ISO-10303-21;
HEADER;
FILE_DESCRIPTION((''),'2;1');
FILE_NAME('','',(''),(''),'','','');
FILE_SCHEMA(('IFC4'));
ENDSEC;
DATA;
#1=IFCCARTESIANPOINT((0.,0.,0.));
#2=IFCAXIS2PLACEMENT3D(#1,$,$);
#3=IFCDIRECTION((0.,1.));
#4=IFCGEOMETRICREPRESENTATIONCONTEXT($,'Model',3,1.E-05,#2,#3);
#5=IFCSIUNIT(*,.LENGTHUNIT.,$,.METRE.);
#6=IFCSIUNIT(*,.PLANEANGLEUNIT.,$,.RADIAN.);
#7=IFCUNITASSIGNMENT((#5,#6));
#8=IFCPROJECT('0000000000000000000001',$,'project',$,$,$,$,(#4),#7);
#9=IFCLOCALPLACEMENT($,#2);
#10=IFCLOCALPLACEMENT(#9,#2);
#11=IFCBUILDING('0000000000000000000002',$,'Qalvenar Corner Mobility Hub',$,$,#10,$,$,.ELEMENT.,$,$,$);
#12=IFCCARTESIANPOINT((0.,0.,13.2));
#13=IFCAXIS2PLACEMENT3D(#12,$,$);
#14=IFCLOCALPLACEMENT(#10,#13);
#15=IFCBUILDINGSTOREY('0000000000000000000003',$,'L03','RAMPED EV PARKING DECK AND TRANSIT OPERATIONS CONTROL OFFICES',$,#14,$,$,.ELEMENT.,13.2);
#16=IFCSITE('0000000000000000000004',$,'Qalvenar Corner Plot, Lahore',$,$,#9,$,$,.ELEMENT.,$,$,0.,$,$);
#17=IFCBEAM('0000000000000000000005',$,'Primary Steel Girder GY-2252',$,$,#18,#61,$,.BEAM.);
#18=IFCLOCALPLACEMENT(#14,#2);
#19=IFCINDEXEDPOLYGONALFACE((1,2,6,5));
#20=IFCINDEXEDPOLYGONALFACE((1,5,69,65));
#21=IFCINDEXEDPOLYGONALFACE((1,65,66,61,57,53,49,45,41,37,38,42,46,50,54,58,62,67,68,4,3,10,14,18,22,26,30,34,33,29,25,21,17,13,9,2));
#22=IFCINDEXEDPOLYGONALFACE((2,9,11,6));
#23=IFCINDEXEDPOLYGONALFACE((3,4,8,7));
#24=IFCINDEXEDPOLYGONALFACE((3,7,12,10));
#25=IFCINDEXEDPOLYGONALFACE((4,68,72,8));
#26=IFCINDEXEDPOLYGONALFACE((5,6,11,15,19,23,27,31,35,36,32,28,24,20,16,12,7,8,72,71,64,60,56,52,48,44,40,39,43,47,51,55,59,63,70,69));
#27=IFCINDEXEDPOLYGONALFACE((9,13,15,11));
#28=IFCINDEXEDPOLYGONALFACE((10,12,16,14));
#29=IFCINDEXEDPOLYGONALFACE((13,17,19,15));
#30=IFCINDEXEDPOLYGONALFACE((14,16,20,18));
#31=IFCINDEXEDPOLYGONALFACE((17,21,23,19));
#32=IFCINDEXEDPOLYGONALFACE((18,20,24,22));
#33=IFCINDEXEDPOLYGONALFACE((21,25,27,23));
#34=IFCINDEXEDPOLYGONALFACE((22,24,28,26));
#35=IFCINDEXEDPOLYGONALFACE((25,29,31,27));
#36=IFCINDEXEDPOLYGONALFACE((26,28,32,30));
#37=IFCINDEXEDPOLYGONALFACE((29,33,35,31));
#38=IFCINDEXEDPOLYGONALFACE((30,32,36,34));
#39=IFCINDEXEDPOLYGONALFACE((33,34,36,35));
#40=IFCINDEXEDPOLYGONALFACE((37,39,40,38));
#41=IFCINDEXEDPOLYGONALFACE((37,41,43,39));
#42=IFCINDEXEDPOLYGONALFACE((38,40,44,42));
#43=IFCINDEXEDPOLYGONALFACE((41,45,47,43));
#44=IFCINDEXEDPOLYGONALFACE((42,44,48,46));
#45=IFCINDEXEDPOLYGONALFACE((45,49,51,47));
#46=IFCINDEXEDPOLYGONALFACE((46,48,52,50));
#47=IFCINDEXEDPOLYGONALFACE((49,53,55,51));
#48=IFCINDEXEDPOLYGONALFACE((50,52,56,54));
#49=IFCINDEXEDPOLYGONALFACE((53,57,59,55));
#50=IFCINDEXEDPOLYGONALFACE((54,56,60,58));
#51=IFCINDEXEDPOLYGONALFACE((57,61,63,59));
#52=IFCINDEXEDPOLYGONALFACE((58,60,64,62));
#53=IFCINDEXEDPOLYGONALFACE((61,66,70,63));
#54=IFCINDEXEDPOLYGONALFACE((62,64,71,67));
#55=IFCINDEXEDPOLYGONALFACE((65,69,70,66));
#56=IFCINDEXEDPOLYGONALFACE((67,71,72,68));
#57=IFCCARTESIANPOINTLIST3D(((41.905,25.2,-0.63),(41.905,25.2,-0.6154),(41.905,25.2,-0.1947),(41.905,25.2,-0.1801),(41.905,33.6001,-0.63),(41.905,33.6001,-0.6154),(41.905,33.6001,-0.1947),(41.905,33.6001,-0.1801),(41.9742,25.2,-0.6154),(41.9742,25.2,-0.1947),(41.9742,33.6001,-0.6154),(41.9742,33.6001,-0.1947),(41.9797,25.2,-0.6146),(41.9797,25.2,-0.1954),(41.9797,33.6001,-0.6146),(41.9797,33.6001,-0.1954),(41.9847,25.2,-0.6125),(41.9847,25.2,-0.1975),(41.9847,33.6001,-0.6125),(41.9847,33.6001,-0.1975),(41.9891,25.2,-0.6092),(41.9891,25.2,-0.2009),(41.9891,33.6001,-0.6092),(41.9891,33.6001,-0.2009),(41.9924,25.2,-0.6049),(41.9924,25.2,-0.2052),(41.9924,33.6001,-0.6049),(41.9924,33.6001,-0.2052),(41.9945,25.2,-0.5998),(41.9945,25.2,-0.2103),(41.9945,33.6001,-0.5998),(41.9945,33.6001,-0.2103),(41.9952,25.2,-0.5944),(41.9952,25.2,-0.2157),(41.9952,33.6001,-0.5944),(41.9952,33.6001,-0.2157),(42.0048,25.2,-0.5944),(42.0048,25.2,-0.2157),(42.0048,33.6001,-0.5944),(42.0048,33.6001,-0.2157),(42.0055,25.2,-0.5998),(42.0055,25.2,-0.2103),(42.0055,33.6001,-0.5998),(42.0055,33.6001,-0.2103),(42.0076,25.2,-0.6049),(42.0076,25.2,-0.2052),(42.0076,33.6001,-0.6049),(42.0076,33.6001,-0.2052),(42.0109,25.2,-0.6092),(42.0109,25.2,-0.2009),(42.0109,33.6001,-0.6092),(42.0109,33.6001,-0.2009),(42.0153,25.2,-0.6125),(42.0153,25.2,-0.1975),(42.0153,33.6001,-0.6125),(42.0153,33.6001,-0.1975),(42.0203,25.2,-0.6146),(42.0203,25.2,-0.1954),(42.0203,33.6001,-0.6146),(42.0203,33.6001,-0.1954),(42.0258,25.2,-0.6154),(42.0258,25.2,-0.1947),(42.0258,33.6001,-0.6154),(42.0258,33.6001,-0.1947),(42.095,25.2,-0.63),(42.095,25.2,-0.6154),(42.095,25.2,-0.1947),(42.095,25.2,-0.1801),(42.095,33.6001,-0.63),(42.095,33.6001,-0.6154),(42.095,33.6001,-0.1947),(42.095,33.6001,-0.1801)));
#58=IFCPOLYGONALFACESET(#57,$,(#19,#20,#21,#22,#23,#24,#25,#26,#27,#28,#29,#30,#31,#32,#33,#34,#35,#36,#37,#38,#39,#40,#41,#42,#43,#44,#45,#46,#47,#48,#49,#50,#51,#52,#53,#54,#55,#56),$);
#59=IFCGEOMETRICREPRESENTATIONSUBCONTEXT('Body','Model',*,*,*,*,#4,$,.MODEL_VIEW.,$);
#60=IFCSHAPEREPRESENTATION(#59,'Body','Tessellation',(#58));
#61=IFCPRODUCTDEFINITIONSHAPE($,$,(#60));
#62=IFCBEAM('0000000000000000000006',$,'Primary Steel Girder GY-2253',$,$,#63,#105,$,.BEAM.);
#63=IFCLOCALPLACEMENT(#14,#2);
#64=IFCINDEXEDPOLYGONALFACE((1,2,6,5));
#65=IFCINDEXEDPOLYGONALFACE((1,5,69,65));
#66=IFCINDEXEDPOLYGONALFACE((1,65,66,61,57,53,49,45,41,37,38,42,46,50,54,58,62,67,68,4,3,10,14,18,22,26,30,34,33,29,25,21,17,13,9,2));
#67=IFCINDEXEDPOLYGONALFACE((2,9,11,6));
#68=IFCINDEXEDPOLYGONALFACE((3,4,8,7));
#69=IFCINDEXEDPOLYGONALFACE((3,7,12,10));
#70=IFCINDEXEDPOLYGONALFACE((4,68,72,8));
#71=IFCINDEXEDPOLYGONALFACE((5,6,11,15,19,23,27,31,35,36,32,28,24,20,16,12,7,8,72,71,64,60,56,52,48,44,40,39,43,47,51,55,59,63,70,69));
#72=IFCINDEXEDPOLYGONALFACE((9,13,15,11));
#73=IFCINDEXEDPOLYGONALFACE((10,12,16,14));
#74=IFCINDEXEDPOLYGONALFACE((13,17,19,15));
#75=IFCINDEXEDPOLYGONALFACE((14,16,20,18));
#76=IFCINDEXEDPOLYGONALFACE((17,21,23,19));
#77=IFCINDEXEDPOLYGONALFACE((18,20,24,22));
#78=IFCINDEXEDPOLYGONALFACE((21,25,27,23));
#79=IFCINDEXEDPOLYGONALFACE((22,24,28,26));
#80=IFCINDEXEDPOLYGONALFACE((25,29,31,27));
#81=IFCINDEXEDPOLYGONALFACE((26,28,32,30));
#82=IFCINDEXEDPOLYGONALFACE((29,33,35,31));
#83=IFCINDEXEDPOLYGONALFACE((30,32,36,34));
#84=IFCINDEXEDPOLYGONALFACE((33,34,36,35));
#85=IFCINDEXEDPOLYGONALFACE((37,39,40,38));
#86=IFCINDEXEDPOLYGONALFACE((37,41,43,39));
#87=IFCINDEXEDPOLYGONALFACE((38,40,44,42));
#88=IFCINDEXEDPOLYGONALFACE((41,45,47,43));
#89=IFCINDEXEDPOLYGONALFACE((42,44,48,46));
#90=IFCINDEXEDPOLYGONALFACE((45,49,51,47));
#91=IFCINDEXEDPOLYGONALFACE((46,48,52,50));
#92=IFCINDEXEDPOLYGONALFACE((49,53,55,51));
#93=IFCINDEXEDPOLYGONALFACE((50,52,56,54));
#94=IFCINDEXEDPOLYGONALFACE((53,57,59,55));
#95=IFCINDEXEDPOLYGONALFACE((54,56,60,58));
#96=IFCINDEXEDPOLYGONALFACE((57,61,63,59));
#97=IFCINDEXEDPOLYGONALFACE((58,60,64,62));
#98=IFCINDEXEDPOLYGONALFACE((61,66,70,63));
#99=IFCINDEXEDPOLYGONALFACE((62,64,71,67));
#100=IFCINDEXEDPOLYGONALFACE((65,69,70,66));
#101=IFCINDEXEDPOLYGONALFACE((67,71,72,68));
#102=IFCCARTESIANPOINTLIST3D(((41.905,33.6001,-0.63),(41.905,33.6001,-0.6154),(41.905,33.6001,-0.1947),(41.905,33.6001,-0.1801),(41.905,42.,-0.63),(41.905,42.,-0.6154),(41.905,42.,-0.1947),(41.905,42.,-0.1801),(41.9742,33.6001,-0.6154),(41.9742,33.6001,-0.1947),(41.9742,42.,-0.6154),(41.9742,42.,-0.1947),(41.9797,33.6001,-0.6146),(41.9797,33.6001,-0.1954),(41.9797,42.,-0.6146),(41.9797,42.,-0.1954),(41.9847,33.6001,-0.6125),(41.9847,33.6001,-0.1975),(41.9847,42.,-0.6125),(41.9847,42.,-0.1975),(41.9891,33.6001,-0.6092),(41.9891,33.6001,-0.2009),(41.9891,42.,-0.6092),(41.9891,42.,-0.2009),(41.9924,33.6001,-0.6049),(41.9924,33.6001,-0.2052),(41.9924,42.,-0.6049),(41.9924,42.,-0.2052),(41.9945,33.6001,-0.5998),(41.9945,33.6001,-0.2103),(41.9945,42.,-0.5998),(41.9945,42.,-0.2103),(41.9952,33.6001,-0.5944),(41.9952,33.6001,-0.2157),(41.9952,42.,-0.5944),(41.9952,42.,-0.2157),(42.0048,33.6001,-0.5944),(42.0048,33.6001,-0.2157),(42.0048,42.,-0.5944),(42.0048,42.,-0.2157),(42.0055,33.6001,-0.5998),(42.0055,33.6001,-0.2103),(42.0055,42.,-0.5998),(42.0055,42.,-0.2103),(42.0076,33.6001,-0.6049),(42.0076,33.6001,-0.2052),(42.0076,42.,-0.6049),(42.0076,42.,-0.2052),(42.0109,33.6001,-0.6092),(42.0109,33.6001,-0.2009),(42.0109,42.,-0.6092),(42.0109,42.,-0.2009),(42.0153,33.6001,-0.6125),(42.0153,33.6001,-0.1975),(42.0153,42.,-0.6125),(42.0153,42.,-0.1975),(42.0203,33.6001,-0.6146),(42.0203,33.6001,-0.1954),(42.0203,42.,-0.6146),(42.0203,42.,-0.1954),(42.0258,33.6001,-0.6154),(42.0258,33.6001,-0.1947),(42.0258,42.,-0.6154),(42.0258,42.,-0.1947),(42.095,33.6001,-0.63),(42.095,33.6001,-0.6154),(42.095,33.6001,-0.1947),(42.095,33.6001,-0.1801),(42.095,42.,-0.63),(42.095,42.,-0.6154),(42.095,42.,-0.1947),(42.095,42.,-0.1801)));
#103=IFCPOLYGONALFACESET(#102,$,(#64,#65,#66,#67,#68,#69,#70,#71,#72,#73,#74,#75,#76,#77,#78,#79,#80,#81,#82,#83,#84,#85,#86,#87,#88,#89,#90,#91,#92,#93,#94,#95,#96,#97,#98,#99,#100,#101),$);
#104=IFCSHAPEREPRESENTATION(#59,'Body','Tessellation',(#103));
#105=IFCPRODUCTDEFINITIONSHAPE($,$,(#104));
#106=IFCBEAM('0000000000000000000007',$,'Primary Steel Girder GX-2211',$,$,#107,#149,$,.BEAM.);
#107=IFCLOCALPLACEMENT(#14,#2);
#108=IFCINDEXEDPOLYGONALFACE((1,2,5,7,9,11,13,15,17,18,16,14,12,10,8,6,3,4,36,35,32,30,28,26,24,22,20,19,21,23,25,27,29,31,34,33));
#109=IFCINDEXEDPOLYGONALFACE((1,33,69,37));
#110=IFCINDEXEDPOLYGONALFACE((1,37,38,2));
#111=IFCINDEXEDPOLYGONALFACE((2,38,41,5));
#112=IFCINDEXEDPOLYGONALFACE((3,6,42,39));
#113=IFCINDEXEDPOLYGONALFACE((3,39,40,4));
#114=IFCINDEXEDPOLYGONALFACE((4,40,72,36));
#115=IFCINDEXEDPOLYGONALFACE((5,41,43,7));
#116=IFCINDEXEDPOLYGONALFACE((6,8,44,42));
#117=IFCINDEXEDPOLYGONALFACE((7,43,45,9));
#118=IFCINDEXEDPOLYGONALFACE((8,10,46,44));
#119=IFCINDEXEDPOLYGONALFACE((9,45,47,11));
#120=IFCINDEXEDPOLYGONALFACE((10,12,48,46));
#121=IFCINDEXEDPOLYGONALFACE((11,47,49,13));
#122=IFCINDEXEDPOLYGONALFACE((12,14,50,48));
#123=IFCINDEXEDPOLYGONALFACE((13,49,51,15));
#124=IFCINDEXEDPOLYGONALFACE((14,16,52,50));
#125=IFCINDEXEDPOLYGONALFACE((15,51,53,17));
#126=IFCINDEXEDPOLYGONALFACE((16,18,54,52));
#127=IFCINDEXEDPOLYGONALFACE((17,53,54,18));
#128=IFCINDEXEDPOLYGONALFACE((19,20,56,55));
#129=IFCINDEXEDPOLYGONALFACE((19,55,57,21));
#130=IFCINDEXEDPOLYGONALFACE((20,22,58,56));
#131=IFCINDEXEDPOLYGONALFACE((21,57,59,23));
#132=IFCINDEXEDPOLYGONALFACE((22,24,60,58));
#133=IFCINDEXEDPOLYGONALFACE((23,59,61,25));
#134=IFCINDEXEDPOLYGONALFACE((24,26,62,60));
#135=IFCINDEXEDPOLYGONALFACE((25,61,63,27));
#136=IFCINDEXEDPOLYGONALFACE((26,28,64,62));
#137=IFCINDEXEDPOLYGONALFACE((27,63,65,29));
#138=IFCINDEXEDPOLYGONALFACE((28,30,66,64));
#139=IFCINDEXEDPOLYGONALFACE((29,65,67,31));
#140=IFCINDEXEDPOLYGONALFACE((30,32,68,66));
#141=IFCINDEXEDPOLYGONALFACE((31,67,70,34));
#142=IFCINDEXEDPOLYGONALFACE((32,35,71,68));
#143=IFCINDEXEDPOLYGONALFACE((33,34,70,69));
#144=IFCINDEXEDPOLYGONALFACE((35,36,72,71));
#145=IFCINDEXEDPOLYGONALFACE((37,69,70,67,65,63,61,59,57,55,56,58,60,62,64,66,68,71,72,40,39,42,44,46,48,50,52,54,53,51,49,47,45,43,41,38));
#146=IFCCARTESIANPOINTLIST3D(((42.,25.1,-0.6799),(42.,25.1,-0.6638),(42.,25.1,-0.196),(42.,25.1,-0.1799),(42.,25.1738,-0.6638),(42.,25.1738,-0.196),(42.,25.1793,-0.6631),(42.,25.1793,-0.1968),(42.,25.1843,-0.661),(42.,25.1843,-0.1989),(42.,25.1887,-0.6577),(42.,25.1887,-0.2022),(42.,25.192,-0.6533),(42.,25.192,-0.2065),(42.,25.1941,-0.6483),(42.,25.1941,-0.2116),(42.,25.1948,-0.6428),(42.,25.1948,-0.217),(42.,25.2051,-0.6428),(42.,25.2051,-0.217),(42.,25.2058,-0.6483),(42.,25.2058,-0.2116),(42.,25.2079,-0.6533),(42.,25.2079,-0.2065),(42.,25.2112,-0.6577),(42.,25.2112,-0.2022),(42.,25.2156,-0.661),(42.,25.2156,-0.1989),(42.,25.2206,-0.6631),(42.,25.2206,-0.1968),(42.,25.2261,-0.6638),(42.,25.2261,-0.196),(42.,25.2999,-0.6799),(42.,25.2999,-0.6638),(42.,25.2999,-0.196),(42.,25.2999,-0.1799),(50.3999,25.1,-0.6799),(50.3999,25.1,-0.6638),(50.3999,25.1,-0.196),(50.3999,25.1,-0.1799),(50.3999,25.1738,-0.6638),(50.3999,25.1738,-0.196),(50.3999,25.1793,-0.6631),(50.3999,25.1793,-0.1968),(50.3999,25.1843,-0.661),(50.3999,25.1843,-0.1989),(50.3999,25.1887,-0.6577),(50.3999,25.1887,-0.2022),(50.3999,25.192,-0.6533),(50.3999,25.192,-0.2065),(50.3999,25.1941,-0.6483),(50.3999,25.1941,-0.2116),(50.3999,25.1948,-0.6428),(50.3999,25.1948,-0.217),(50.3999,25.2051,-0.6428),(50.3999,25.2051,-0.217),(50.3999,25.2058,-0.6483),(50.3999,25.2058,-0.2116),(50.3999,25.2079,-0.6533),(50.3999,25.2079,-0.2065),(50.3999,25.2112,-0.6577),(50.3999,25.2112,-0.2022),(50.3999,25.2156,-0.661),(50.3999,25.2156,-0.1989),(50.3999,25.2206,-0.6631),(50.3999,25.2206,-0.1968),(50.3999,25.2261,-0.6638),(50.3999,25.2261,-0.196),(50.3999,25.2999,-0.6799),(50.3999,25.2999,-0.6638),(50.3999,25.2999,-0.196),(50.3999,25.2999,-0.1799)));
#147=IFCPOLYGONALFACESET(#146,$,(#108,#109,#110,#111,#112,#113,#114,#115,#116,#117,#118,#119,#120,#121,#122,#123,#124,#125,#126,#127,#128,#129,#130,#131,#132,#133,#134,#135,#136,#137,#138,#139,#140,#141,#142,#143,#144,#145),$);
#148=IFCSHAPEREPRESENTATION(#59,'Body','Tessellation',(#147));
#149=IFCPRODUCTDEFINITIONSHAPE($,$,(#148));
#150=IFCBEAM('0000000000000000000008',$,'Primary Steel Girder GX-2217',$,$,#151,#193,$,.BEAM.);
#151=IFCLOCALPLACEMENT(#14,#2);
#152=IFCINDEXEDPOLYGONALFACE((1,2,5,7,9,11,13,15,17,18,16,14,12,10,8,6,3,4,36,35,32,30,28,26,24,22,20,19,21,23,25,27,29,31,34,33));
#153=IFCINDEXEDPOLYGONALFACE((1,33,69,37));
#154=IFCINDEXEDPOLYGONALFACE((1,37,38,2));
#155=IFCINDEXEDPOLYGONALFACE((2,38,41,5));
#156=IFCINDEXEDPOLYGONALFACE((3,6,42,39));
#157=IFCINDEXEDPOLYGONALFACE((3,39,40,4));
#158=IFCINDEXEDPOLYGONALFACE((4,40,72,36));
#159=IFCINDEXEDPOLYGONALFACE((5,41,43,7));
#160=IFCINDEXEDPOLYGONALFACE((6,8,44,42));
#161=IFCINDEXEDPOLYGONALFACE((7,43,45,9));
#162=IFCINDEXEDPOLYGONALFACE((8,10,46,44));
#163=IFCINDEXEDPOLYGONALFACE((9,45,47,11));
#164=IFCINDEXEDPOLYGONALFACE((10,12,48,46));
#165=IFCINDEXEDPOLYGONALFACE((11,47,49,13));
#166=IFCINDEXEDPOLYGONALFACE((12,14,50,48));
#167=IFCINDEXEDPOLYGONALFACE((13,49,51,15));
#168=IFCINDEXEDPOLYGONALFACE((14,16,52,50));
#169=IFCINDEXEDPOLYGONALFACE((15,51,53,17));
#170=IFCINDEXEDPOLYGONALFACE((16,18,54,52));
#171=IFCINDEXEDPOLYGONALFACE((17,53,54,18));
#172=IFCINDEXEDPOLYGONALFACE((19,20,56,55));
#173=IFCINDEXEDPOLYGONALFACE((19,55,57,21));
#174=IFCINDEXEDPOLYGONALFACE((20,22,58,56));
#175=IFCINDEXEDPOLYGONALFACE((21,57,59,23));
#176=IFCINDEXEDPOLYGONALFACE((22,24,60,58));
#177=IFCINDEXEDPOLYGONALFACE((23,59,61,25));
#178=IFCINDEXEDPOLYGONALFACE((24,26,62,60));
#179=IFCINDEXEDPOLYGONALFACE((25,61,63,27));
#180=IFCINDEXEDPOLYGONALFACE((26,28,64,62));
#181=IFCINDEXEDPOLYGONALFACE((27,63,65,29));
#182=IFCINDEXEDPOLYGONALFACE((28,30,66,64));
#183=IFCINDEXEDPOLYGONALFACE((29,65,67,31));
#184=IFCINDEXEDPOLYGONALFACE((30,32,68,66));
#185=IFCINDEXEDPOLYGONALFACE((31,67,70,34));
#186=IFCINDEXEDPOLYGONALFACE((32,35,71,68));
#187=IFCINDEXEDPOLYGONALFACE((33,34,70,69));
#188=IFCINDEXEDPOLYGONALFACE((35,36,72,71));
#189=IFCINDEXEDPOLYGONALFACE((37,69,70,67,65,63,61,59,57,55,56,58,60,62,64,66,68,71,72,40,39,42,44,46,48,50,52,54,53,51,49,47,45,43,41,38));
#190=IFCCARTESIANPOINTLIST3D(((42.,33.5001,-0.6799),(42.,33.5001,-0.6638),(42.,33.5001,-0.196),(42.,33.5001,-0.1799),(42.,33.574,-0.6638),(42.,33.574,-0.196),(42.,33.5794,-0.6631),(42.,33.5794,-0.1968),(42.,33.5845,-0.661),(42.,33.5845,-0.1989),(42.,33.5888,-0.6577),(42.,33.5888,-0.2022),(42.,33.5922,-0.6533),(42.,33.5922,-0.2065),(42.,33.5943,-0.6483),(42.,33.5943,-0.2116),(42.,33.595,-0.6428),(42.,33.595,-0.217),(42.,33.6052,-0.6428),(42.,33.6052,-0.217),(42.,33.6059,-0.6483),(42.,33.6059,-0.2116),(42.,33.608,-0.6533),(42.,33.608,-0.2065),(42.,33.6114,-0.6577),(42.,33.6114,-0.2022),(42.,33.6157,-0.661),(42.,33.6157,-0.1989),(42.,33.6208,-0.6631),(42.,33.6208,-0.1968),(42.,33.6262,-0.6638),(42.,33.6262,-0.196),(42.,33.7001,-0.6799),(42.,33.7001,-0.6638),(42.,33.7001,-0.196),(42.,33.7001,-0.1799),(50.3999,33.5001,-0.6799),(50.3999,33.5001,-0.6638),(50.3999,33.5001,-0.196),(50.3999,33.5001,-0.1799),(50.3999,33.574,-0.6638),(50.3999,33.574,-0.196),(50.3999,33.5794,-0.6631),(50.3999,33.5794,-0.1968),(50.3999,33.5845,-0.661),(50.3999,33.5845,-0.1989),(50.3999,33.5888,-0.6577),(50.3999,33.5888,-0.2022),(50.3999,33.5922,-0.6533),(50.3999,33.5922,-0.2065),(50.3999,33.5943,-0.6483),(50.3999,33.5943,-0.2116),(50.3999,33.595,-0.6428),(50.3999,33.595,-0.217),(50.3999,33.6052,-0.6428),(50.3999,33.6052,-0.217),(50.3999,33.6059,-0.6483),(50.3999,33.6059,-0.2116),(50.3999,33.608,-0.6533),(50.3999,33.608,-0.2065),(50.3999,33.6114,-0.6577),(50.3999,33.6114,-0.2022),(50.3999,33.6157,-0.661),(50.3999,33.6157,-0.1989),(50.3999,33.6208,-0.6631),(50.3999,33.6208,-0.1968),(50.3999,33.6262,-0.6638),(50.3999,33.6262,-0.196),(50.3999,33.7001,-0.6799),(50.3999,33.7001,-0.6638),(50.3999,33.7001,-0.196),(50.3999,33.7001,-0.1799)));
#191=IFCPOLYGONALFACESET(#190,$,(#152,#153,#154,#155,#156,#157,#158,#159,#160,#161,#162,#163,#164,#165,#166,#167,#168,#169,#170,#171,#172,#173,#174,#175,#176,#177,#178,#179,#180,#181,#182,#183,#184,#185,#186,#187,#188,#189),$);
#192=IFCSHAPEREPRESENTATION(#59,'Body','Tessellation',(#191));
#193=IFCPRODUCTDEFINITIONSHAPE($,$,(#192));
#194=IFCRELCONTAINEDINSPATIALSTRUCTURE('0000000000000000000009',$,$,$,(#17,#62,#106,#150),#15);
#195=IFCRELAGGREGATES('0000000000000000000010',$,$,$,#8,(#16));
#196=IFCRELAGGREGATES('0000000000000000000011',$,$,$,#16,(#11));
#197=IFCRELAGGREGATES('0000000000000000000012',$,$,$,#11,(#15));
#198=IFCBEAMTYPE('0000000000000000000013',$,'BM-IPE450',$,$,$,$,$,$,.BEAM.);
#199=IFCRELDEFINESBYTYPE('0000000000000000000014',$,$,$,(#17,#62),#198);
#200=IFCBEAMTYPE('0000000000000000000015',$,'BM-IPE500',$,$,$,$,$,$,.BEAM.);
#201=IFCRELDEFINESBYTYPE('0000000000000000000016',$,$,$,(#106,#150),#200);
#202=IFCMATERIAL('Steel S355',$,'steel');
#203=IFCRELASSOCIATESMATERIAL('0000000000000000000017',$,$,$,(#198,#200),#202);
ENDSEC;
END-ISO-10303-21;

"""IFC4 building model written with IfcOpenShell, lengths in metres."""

from ifc_helpers import new_model, si_unit, direction, frame, origin, origin_2d, place, context, subcontext, project, spatial, i_section, extrude, material, material_profile, profile_set, type_object, element, save


model = new_model("IFC4")

# Units and contexts
model_context = context("Model", 3, precision=1e-05, world=origin(), true_north=direction((0.0, 1.0)))
body_context = subcontext(model_context, "Body", "Model", "MODEL_VIEW")
ifc_project = project(units=[si_unit("LENGTHUNIT", "METRE"), si_unit("PLANEANGLEUNIT", "RADIAN")], contexts=[model_context])

# Site, building, storey
site_placement = place(None, origin())
site = spatial("IfcSite", under=ifc_project, at=site_placement, Name="Qalvenar Corner Plot, Lahore", CompositionType="ELEMENT", RefElevation=0.0)
building_placement = place(site_placement, origin())
building = spatial("IfcBuilding", under=site, at=building_placement, Name="Qalvenar Corner Mobility Hub", CompositionType="ELEMENT")
storey_placement = place(building_placement, frame((0.0, 0.0, 13.2)))
storey = spatial("IfcBuildingStorey", under=building, at=storey_placement, Name="L03", Description="RAMPED EV PARKING DECK AND TRANSIT OPERATIONS CONTROL OFFICES", CompositionType="ELEMENT", Elevation=13.2)

# Shared definitions
ifc_material_1 = material(Name="Steel S355", Category="steel")

# Beams
ifc_material_profile_1 = material_profile(ifc_material_1, i_section(OverallWidth=0.1899, OverallDepth=0.45, WebThickness=0.0095, FlangeThickness=0.0146, FilletRadius=0.021, at=origin_2d()), Name="IPE450")
ifc_profile_set_1 = profile_set([ifc_material_profile_1], Name="Steel S355")
beam_type_1 = type_object("IfcBeamType", Name="BM-IPE450", PredefinedType="BEAM", material=ifc_profile_set_1)
beam_1_placement = place(storey_placement, frame((42.0, 25.2, -0.405), z_axis=(0.0, 1.0, 0.0), x_axis=(-1.0, 0.0, 0.0)))
element("IfcBeam", 1, at=beam_1_placement, inside=storey, type_object=beam_type_1, Name="Primary Steel Girder GY-2252", PredefinedType="BEAM", context=body_context, shape_type="SweptSolid", body=[
    extrude(i_section(OverallWidth=0.1899, OverallDepth=0.45, WebThickness=0.0095, FlangeThickness=0.0146, FilletRadius=0.021, at=origin_2d()), origin(), (0.0, 0.0, 1.0), 8.4001),
])
beam_2_placement = place(storey_placement, frame((42.0, 33.6001, -0.405), z_axis=(0.0, 1.0, 0.0), x_axis=(-1.0, 0.0, 0.0)))
element("IfcBeam", 2, at=beam_2_placement, inside=storey, type_object=beam_type_1, Name="Primary Steel Girder GY-2253", PredefinedType="BEAM", context=body_context, shape_type="SweptSolid", body=[
    extrude(i_section(OverallWidth=0.1899, OverallDepth=0.45, WebThickness=0.0095, FlangeThickness=0.0146, FilletRadius=0.021, at=origin_2d()), origin(), (0.0, 0.0, 1.0), 8.3999),
])
ifc_material_profile_2 = material_profile(ifc_material_1, i_section(OverallWidth=0.2, OverallDepth=0.5, WebThickness=0.0103, FlangeThickness=0.0161, FilletRadius=0.021, at=origin_2d()), Name="IPE500")
ifc_profile_set_2 = profile_set([ifc_material_profile_2], Name="Steel S355")
beam_type_2 = type_object("IfcBeamType", Name="BM-IPE500", PredefinedType="BEAM", material=ifc_profile_set_2)
for number, where, z_axis, x_axis, name in (
    (3, (42.0, 25.2, -0.4299), (1.0, 0.0, 0.0), (0.0, 1.0, 0.0), "Primary Steel Girder GX-2211"),
    (4, (42.0, 33.6001, -0.4299), (1.0, 0.0, 0.0), (0.0, 1.0, 0.0), "Primary Steel Girder GX-2217"),
):
    element("IfcBeam", number, at=place(storey_placement, frame(where, z_axis=z_axis, x_axis=x_axis)), inside=storey, type_object=beam_type_2, Name=name, PredefinedType="BEAM", context=body_context, shape_type="SweptSolid", body=[
        extrude(i_section(OverallWidth=0.2, OverallDepth=0.5, WebThickness=0.0103, FlangeThickness=0.0161, FilletRadius=0.021, at=origin_2d()), origin(), (0.0, 0.0, 1.0), 8.3999),
    ])

save(model, "model.ifc")
